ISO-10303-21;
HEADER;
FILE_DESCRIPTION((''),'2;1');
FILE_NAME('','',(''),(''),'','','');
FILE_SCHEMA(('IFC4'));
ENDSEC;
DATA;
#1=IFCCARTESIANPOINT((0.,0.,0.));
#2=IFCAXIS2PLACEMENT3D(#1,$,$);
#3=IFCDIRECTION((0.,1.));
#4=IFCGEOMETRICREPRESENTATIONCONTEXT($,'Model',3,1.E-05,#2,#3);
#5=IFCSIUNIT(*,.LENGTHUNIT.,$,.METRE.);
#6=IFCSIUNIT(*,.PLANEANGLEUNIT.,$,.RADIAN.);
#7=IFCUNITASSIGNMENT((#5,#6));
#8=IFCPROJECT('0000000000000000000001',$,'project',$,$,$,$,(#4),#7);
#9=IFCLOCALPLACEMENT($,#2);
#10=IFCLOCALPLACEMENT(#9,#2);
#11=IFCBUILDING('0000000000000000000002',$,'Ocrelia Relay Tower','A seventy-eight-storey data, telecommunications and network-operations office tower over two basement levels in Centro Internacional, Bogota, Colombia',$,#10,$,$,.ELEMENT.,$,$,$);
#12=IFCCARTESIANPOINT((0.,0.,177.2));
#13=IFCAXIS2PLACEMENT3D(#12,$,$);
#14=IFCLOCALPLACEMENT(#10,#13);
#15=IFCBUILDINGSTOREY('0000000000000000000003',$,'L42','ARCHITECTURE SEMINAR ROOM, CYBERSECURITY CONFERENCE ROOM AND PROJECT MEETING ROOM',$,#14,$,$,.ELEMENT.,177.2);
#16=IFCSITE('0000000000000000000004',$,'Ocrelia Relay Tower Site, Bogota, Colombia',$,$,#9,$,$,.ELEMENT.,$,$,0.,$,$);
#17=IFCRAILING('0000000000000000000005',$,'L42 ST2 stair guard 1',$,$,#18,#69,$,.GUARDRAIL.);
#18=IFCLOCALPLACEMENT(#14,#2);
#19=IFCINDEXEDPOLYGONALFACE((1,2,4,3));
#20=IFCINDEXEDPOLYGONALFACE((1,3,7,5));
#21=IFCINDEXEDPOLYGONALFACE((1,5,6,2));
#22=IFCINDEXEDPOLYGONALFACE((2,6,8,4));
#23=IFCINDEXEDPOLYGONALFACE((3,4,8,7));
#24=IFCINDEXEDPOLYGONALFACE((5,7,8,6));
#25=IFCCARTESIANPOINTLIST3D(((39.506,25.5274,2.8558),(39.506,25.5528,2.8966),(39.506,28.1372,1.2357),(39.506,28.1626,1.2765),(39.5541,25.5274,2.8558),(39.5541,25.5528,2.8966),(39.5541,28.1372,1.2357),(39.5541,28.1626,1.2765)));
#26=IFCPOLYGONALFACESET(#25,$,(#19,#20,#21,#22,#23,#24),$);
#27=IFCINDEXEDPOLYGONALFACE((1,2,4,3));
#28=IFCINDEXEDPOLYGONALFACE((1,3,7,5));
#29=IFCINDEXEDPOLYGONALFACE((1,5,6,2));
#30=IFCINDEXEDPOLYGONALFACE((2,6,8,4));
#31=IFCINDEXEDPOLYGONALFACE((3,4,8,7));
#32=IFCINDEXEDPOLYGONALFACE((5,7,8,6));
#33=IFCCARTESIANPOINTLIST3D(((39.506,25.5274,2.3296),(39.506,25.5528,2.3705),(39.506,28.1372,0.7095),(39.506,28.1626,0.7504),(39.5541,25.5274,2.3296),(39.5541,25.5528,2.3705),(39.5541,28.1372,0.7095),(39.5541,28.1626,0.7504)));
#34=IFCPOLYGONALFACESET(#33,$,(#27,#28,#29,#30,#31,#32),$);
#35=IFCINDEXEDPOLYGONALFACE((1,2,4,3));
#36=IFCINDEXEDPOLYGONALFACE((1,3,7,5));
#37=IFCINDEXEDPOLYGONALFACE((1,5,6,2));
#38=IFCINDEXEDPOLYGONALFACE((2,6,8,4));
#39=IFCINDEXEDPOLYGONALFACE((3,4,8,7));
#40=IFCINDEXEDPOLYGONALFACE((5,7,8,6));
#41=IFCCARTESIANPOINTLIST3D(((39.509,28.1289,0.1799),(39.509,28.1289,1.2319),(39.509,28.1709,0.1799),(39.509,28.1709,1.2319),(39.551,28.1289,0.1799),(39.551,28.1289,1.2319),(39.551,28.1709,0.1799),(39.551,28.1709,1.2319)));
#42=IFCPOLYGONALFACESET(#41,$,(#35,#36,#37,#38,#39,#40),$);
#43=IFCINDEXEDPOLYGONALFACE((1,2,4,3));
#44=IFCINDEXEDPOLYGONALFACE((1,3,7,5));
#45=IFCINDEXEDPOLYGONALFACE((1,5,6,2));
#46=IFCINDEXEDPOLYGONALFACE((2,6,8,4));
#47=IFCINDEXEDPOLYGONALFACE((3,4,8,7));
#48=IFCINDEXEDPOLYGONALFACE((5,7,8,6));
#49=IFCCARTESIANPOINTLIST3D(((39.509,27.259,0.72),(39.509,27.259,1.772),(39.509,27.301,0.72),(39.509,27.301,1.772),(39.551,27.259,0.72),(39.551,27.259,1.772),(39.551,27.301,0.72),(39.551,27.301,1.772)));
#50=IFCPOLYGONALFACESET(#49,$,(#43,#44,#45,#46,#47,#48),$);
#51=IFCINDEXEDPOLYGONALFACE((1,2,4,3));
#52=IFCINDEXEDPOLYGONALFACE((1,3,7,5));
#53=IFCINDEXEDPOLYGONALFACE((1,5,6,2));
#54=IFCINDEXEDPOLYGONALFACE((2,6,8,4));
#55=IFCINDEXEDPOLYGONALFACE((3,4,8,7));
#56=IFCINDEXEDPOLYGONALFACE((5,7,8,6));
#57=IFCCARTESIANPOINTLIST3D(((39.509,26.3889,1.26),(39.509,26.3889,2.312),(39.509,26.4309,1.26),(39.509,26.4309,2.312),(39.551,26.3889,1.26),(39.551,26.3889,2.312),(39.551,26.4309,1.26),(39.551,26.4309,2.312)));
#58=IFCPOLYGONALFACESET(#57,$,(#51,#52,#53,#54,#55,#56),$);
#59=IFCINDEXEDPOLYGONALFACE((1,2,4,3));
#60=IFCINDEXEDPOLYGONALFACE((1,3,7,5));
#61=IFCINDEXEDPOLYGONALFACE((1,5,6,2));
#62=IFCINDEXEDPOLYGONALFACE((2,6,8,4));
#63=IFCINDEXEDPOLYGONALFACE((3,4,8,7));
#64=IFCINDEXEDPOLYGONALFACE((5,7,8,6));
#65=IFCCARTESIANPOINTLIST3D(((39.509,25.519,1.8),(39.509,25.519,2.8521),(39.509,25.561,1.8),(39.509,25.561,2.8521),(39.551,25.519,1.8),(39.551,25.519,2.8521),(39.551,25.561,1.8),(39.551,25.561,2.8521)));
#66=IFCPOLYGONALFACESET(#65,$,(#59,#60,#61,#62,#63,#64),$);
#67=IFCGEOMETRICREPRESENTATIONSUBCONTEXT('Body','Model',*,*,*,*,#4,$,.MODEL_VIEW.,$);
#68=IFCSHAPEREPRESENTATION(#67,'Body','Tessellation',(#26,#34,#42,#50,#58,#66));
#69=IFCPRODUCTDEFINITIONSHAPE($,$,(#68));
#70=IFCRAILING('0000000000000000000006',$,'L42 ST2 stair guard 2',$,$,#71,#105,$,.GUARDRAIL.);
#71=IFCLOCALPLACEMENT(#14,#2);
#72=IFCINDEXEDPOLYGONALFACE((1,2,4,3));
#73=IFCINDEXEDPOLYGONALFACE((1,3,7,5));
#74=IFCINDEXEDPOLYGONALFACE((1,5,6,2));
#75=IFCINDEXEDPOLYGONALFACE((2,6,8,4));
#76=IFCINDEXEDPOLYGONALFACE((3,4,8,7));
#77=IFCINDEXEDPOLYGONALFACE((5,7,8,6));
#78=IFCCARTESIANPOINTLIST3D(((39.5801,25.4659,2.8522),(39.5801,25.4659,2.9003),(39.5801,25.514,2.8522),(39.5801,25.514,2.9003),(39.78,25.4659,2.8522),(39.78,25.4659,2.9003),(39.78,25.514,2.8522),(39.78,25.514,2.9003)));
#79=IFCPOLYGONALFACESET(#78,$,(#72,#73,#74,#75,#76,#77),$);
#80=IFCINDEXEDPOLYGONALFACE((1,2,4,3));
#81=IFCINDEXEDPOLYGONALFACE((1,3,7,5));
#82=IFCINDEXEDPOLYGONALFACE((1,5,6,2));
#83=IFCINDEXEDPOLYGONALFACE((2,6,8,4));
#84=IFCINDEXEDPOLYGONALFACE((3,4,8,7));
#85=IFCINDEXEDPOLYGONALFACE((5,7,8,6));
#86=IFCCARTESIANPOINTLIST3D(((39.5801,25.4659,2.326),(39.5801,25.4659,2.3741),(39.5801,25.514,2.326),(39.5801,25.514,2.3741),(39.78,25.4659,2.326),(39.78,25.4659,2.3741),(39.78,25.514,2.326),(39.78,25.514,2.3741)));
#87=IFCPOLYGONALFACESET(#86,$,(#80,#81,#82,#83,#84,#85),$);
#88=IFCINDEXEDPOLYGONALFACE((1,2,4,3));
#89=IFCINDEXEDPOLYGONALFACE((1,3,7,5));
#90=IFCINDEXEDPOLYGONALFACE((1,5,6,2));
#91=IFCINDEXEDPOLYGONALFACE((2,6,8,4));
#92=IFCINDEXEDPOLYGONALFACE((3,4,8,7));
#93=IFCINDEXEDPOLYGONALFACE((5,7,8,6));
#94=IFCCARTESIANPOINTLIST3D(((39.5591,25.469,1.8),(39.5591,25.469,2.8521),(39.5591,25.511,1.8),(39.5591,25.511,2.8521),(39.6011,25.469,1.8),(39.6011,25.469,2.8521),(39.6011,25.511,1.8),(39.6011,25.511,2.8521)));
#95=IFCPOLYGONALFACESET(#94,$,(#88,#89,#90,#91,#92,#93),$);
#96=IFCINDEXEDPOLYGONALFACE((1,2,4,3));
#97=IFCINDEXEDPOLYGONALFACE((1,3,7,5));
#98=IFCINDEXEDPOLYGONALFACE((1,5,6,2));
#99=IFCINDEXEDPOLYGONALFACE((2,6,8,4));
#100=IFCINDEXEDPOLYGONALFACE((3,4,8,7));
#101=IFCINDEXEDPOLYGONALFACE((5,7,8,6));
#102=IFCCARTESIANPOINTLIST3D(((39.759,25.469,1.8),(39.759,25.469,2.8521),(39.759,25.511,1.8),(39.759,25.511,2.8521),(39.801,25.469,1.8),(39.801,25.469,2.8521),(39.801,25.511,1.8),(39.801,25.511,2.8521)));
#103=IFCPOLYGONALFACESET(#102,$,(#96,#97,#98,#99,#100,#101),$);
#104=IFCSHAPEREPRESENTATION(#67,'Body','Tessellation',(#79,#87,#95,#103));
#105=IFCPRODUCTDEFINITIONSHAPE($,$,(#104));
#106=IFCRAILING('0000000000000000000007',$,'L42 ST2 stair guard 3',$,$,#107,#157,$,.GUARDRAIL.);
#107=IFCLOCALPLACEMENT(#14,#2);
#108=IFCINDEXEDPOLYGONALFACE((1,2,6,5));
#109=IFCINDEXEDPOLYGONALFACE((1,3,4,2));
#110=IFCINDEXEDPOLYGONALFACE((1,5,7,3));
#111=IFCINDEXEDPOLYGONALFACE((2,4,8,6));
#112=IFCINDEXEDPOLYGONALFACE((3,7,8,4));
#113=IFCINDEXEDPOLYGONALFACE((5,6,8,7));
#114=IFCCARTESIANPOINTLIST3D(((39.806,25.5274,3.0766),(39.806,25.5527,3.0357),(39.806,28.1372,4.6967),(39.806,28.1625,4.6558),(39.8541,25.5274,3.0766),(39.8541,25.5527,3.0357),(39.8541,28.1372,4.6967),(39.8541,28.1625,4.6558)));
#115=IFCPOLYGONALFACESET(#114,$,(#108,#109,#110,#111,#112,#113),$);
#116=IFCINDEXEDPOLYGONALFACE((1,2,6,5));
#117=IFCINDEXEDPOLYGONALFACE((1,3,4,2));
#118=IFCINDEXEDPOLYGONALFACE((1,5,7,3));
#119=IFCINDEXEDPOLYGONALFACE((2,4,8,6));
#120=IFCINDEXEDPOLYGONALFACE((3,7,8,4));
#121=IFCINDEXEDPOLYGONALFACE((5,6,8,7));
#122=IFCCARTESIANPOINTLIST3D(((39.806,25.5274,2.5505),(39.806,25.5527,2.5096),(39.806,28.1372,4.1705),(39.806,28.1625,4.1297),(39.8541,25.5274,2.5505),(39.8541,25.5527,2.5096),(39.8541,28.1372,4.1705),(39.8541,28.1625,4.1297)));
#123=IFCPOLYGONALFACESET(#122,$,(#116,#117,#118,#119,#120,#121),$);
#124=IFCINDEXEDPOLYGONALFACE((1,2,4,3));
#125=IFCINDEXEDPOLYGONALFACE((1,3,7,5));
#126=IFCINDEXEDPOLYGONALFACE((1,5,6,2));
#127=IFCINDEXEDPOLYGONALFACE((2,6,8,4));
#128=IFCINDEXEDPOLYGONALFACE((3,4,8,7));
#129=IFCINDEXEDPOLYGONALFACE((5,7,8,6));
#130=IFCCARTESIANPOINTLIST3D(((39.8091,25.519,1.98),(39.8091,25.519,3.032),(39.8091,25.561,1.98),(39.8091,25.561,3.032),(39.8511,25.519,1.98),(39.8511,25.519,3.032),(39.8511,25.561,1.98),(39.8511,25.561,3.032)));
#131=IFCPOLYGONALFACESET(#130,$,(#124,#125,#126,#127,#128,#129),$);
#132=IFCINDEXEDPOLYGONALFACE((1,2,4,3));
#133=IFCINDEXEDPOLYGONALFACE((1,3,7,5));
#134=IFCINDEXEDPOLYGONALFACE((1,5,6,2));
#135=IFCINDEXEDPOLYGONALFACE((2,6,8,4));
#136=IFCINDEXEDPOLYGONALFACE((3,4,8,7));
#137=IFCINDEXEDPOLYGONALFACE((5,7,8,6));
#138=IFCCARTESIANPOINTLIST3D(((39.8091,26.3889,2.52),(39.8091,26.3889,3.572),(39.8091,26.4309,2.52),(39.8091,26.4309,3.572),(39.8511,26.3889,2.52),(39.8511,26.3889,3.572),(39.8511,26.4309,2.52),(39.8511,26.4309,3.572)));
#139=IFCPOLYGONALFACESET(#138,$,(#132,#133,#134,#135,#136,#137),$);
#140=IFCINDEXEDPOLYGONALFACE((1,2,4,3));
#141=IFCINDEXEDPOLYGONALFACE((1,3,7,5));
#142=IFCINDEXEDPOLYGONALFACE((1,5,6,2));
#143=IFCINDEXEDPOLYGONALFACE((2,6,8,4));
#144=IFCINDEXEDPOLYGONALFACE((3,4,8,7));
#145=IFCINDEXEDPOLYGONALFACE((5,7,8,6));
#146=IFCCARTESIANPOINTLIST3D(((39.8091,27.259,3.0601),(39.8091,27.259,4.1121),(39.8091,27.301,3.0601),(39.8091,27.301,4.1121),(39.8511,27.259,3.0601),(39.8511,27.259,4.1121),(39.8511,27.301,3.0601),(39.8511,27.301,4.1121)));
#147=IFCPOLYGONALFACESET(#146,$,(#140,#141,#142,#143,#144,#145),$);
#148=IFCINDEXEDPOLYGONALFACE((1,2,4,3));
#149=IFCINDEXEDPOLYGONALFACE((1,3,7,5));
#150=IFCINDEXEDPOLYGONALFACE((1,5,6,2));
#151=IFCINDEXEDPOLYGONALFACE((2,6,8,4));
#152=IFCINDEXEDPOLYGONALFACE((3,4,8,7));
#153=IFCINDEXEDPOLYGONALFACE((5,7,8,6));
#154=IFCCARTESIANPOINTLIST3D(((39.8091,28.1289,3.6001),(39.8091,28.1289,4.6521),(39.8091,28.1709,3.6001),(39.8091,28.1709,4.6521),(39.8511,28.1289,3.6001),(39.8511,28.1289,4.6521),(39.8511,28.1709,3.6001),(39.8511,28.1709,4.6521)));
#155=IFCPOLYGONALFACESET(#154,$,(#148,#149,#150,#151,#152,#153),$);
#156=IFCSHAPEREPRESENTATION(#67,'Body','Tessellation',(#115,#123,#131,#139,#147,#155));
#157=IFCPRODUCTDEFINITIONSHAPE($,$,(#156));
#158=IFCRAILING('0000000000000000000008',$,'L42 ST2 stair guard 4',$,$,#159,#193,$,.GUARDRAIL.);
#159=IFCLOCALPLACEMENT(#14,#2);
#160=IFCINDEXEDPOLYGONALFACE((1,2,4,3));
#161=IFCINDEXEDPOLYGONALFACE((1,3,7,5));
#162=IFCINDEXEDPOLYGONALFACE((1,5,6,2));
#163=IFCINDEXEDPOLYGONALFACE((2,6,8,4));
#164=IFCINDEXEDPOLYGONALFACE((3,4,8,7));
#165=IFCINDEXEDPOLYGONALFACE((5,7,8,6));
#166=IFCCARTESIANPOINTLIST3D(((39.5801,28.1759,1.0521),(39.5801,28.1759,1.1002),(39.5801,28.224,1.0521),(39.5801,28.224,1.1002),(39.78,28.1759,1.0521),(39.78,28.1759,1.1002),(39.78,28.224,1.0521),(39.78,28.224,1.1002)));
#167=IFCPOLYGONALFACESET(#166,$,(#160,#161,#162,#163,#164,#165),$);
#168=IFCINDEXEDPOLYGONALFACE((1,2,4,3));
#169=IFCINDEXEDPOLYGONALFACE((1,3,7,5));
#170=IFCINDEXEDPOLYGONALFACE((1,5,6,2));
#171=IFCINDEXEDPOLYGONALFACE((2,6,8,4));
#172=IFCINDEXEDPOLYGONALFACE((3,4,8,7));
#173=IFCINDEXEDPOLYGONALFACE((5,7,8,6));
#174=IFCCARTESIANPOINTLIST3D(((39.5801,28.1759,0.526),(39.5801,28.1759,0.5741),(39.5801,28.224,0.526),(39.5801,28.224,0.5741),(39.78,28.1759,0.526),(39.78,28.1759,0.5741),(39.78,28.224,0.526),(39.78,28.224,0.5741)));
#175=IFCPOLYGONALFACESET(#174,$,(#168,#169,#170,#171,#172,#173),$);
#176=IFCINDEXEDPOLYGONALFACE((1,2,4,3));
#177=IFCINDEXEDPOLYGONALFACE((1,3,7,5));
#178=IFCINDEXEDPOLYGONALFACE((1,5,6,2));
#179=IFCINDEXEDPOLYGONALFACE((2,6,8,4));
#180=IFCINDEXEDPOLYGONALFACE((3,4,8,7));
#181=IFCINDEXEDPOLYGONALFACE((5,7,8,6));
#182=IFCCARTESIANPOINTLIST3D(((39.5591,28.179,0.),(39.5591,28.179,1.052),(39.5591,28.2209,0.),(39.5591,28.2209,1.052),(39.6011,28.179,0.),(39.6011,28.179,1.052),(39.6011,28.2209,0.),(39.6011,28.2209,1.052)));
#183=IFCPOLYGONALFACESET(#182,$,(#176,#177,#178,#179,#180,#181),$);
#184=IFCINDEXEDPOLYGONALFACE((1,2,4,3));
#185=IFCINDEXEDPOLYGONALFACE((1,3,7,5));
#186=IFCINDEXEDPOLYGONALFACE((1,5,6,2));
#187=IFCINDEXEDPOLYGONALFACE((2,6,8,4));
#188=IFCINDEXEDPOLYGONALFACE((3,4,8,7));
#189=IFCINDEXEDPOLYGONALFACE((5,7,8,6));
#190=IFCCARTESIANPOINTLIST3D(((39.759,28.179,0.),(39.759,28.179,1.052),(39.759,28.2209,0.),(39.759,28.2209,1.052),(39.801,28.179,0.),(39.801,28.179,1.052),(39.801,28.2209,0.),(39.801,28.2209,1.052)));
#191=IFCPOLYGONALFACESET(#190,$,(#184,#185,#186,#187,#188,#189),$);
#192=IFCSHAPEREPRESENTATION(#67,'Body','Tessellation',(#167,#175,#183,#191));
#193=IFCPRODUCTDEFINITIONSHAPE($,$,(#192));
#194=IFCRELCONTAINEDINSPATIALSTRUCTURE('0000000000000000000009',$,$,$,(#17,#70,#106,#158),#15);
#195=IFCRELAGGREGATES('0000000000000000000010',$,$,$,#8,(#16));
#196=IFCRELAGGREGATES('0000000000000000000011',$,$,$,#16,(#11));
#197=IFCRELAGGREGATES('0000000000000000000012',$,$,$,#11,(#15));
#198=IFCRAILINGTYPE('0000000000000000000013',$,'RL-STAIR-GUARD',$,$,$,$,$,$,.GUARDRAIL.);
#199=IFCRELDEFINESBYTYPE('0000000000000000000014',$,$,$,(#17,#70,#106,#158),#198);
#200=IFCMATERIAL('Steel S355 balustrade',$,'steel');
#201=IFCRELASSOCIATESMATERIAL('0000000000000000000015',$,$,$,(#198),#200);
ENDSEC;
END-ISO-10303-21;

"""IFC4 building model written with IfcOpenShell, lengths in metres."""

from ifc_helpers import new_model, si_unit, direction, frame, origin, origin_2d, place, context, subcontext, project, spatial, rectangle, extrude, material, type_object, element, save


model = new_model("IFC4")

# Units and contexts
model_context = context("Model", 3, precision=1e-05, world=origin(), true_north=direction((0.0, 1.0)))
body_context = subcontext(model_context, "Body", "Model", "MODEL_VIEW")
ifc_project = project(units=[si_unit("LENGTHUNIT", "METRE"), si_unit("PLANEANGLEUNIT", "RADIAN")], contexts=[model_context])

# Site, building, storey
site_placement = place(None, origin())
site = spatial("IfcSite", under=ifc_project, at=site_placement, Name="Ocrelia Relay Tower Site, Bogota, Colombia", CompositionType="ELEMENT", RefElevation=0.0)
building_placement = place(site_placement, origin())
building = spatial("IfcBuilding", under=site, at=building_placement, Name="Ocrelia Relay Tower", Description="A seventy-eight-storey data, telecommunications and network-operations office tower over two basement levels in Centro Internacional, Bogota, Colombia", CompositionType="ELEMENT")
storey_placement = place(building_placement, frame((0.0, 0.0, 177.2)))
storey = spatial("IfcBuildingStorey", under=building, at=storey_placement, Name="L42", Description="ARCHITECTURE SEMINAR ROOM, CYBERSECURITY CONFERENCE ROOM AND PROJECT MEETING ROOM", CompositionType="ELEMENT", Elevation=177.2)

# Railings
ifc_material_1 = material(Name="Steel S355 balustrade", Category="steel")
railing_type_1 = type_object("IfcRailingType", Name="RL-STAIR-GUARD", PredefinedType="GUARDRAIL", material=ifc_material_1)
railing_1_placement = place(storey_placement, frame((39.53, 28.1499, 0.1799)))
element("IfcRailing", 1, at=railing_1_placement, inside=storey, type_object=railing_type_1, Name="L42 ST2 stair guard 1", PredefinedType="GUARDRAIL", context=body_context, shape_type="SweptSolid", body=[
    extrude(rectangle(XDim=0.0481, YDim=0.0481, at=origin_2d()), frame((0.0, 0.0, 1.0762), z_axis=(0.0, -0.849611, 0.52741), x_axis=(1.0, 0.0, 0.0)), (0.0, 0.0, 1.0), 3.0718),
    extrude(rectangle(XDim=0.0481, YDim=0.0481, at=origin_2d()), frame((0.0, 0.0, 0.55), z_axis=(0.0, -0.849611, 0.52741), x_axis=(1.0, 0.0, 0.0)), (0.0, 0.0, 1.0), 3.0718),
    extrude(rectangle(XDim=0.042, YDim=0.042, at=origin_2d()), origin(), (0.0, 0.0, 1.0), 1.052),
    extrude(rectangle(XDim=0.042, YDim=0.042, at=origin_2d()), frame((0.0, -0.8699, 0.54)), (0.0, 0.0, 1.0), 1.052),
    extrude(rectangle(XDim=0.042, YDim=0.042, at=origin_2d()), frame((0.0, -1.74, 1.0801)), (0.0, 0.0, 1.0), 1.052),
    extrude(rectangle(XDim=0.042, YDim=0.042, at=origin_2d()), frame((0.0, -2.6099, 1.6201)), (0.0, 0.0, 1.0), 1.052),
])
railing_2_placement = place(storey_placement, frame((39.5801, 25.49, 1.8)))
element("IfcRailing", 2, at=railing_2_placement, inside=storey, type_object=railing_type_1, Name="L42 ST2 stair guard 2", PredefinedType="GUARDRAIL", context=body_context, shape_type="SweptSolid", body=[
    extrude(rectangle(XDim=0.0481, YDim=0.0481, at=origin_2d()), frame((0.0, 0.0, 1.0762), z_axis=(1.0, 0.0, 0.0), x_axis=(0.0, 1.0, 0.0)), (0.0, 0.0, 1.0), 0.2),
    extrude(rectangle(XDim=0.0481, YDim=0.0481, at=origin_2d()), frame((0.0, 0.0, 0.55), z_axis=(1.0, 0.0, 0.0), x_axis=(0.0, 1.0, 0.0)), (0.0, 0.0, 1.0), 0.2),
    extrude(rectangle(XDim=0.042, YDim=0.042, at=origin_2d()), origin(), (0.0, 0.0, 1.0), 1.052),
    extrude(rectangle(XDim=0.042, YDim=0.042, at=origin_2d()), frame((0.2, 0.0, 0.0)), (0.0, 0.0, 1.0), 1.052),
])
railing_3_placement = place(storey_placement, frame((39.8301, 25.54, 1.98)))
element("IfcRailing", 3, at=railing_3_placement, inside=storey, type_object=railing_type_1, Name="L42 ST2 stair guard 3", PredefinedType="GUARDRAIL", context=body_context, shape_type="SweptSolid", body=[
    extrude(rectangle(XDim=0.0481, YDim=0.0481, at=origin_2d()), frame((0.0, 0.0, 1.0762), z_axis=(0.0, 0.849611, 0.52741), x_axis=(-1.0, 0.0, 0.0)), (0.0, 0.0, 1.0), 3.0718),
    extrude(rectangle(XDim=0.0481, YDim=0.0481, at=origin_2d()), frame((0.0, 0.0, 0.55), z_axis=(0.0, 0.849611, 0.52741), x_axis=(-1.0, 0.0, 0.0)), (0.0, 0.0, 1.0), 3.0718),
    extrude(rectangle(XDim=0.042, YDim=0.042, at=origin_2d()), origin(), (0.0, 0.0, 1.0), 1.052),
    extrude(rectangle(XDim=0.042, YDim=0.042, at=origin_2d()), frame((0.0, 0.8699, 0.54)), (0.0, 0.0, 1.0), 1.052),
    extrude(rectangle(XDim=0.042, YDim=0.042, at=origin_2d()), frame((0.0, 1.74, 1.0801)), (0.0, 0.0, 1.0), 1.052),
    extrude(rectangle(XDim=0.042, YDim=0.042, at=origin_2d()), frame((0.0, 2.6099, 1.6201)), (0.0, 0.0, 1.0), 1.052),
])
railing_4_placement = place(storey_placement, frame((39.5801, 28.2, 0.0)))
element("IfcRailing", 4, at=railing_4_placement, inside=storey, type_object=railing_type_1, Name="L42 ST2 stair guard 4", PredefinedType="GUARDRAIL", context=body_context, shape_type="SweptSolid", body=[
    extrude(rectangle(XDim=0.0481, YDim=0.0481, at=origin_2d()), frame((0.0, 0.0, 1.0762), z_axis=(1.0, 0.0, 0.0), x_axis=(0.0, 1.0, 0.0)), (0.0, 0.0, 1.0), 0.2),
    extrude(rectangle(XDim=0.0481, YDim=0.0481, at=origin_2d()), frame((0.0, 0.0, 0.55), z_axis=(1.0, 0.0, 0.0), x_axis=(0.0, 1.0, 0.0)), (0.0, 0.0, 1.0), 0.2),
    extrude(rectangle(XDim=0.042, YDim=0.042, at=origin_2d()), origin(), (0.0, 0.0, 1.0), 1.052),
    extrude(rectangle(XDim=0.042, YDim=0.042, at=origin_2d()), frame((0.2, 0.0, 0.0)), (0.0, 0.0, 1.0), 1.052),
])

save(model, "model.ifc")
